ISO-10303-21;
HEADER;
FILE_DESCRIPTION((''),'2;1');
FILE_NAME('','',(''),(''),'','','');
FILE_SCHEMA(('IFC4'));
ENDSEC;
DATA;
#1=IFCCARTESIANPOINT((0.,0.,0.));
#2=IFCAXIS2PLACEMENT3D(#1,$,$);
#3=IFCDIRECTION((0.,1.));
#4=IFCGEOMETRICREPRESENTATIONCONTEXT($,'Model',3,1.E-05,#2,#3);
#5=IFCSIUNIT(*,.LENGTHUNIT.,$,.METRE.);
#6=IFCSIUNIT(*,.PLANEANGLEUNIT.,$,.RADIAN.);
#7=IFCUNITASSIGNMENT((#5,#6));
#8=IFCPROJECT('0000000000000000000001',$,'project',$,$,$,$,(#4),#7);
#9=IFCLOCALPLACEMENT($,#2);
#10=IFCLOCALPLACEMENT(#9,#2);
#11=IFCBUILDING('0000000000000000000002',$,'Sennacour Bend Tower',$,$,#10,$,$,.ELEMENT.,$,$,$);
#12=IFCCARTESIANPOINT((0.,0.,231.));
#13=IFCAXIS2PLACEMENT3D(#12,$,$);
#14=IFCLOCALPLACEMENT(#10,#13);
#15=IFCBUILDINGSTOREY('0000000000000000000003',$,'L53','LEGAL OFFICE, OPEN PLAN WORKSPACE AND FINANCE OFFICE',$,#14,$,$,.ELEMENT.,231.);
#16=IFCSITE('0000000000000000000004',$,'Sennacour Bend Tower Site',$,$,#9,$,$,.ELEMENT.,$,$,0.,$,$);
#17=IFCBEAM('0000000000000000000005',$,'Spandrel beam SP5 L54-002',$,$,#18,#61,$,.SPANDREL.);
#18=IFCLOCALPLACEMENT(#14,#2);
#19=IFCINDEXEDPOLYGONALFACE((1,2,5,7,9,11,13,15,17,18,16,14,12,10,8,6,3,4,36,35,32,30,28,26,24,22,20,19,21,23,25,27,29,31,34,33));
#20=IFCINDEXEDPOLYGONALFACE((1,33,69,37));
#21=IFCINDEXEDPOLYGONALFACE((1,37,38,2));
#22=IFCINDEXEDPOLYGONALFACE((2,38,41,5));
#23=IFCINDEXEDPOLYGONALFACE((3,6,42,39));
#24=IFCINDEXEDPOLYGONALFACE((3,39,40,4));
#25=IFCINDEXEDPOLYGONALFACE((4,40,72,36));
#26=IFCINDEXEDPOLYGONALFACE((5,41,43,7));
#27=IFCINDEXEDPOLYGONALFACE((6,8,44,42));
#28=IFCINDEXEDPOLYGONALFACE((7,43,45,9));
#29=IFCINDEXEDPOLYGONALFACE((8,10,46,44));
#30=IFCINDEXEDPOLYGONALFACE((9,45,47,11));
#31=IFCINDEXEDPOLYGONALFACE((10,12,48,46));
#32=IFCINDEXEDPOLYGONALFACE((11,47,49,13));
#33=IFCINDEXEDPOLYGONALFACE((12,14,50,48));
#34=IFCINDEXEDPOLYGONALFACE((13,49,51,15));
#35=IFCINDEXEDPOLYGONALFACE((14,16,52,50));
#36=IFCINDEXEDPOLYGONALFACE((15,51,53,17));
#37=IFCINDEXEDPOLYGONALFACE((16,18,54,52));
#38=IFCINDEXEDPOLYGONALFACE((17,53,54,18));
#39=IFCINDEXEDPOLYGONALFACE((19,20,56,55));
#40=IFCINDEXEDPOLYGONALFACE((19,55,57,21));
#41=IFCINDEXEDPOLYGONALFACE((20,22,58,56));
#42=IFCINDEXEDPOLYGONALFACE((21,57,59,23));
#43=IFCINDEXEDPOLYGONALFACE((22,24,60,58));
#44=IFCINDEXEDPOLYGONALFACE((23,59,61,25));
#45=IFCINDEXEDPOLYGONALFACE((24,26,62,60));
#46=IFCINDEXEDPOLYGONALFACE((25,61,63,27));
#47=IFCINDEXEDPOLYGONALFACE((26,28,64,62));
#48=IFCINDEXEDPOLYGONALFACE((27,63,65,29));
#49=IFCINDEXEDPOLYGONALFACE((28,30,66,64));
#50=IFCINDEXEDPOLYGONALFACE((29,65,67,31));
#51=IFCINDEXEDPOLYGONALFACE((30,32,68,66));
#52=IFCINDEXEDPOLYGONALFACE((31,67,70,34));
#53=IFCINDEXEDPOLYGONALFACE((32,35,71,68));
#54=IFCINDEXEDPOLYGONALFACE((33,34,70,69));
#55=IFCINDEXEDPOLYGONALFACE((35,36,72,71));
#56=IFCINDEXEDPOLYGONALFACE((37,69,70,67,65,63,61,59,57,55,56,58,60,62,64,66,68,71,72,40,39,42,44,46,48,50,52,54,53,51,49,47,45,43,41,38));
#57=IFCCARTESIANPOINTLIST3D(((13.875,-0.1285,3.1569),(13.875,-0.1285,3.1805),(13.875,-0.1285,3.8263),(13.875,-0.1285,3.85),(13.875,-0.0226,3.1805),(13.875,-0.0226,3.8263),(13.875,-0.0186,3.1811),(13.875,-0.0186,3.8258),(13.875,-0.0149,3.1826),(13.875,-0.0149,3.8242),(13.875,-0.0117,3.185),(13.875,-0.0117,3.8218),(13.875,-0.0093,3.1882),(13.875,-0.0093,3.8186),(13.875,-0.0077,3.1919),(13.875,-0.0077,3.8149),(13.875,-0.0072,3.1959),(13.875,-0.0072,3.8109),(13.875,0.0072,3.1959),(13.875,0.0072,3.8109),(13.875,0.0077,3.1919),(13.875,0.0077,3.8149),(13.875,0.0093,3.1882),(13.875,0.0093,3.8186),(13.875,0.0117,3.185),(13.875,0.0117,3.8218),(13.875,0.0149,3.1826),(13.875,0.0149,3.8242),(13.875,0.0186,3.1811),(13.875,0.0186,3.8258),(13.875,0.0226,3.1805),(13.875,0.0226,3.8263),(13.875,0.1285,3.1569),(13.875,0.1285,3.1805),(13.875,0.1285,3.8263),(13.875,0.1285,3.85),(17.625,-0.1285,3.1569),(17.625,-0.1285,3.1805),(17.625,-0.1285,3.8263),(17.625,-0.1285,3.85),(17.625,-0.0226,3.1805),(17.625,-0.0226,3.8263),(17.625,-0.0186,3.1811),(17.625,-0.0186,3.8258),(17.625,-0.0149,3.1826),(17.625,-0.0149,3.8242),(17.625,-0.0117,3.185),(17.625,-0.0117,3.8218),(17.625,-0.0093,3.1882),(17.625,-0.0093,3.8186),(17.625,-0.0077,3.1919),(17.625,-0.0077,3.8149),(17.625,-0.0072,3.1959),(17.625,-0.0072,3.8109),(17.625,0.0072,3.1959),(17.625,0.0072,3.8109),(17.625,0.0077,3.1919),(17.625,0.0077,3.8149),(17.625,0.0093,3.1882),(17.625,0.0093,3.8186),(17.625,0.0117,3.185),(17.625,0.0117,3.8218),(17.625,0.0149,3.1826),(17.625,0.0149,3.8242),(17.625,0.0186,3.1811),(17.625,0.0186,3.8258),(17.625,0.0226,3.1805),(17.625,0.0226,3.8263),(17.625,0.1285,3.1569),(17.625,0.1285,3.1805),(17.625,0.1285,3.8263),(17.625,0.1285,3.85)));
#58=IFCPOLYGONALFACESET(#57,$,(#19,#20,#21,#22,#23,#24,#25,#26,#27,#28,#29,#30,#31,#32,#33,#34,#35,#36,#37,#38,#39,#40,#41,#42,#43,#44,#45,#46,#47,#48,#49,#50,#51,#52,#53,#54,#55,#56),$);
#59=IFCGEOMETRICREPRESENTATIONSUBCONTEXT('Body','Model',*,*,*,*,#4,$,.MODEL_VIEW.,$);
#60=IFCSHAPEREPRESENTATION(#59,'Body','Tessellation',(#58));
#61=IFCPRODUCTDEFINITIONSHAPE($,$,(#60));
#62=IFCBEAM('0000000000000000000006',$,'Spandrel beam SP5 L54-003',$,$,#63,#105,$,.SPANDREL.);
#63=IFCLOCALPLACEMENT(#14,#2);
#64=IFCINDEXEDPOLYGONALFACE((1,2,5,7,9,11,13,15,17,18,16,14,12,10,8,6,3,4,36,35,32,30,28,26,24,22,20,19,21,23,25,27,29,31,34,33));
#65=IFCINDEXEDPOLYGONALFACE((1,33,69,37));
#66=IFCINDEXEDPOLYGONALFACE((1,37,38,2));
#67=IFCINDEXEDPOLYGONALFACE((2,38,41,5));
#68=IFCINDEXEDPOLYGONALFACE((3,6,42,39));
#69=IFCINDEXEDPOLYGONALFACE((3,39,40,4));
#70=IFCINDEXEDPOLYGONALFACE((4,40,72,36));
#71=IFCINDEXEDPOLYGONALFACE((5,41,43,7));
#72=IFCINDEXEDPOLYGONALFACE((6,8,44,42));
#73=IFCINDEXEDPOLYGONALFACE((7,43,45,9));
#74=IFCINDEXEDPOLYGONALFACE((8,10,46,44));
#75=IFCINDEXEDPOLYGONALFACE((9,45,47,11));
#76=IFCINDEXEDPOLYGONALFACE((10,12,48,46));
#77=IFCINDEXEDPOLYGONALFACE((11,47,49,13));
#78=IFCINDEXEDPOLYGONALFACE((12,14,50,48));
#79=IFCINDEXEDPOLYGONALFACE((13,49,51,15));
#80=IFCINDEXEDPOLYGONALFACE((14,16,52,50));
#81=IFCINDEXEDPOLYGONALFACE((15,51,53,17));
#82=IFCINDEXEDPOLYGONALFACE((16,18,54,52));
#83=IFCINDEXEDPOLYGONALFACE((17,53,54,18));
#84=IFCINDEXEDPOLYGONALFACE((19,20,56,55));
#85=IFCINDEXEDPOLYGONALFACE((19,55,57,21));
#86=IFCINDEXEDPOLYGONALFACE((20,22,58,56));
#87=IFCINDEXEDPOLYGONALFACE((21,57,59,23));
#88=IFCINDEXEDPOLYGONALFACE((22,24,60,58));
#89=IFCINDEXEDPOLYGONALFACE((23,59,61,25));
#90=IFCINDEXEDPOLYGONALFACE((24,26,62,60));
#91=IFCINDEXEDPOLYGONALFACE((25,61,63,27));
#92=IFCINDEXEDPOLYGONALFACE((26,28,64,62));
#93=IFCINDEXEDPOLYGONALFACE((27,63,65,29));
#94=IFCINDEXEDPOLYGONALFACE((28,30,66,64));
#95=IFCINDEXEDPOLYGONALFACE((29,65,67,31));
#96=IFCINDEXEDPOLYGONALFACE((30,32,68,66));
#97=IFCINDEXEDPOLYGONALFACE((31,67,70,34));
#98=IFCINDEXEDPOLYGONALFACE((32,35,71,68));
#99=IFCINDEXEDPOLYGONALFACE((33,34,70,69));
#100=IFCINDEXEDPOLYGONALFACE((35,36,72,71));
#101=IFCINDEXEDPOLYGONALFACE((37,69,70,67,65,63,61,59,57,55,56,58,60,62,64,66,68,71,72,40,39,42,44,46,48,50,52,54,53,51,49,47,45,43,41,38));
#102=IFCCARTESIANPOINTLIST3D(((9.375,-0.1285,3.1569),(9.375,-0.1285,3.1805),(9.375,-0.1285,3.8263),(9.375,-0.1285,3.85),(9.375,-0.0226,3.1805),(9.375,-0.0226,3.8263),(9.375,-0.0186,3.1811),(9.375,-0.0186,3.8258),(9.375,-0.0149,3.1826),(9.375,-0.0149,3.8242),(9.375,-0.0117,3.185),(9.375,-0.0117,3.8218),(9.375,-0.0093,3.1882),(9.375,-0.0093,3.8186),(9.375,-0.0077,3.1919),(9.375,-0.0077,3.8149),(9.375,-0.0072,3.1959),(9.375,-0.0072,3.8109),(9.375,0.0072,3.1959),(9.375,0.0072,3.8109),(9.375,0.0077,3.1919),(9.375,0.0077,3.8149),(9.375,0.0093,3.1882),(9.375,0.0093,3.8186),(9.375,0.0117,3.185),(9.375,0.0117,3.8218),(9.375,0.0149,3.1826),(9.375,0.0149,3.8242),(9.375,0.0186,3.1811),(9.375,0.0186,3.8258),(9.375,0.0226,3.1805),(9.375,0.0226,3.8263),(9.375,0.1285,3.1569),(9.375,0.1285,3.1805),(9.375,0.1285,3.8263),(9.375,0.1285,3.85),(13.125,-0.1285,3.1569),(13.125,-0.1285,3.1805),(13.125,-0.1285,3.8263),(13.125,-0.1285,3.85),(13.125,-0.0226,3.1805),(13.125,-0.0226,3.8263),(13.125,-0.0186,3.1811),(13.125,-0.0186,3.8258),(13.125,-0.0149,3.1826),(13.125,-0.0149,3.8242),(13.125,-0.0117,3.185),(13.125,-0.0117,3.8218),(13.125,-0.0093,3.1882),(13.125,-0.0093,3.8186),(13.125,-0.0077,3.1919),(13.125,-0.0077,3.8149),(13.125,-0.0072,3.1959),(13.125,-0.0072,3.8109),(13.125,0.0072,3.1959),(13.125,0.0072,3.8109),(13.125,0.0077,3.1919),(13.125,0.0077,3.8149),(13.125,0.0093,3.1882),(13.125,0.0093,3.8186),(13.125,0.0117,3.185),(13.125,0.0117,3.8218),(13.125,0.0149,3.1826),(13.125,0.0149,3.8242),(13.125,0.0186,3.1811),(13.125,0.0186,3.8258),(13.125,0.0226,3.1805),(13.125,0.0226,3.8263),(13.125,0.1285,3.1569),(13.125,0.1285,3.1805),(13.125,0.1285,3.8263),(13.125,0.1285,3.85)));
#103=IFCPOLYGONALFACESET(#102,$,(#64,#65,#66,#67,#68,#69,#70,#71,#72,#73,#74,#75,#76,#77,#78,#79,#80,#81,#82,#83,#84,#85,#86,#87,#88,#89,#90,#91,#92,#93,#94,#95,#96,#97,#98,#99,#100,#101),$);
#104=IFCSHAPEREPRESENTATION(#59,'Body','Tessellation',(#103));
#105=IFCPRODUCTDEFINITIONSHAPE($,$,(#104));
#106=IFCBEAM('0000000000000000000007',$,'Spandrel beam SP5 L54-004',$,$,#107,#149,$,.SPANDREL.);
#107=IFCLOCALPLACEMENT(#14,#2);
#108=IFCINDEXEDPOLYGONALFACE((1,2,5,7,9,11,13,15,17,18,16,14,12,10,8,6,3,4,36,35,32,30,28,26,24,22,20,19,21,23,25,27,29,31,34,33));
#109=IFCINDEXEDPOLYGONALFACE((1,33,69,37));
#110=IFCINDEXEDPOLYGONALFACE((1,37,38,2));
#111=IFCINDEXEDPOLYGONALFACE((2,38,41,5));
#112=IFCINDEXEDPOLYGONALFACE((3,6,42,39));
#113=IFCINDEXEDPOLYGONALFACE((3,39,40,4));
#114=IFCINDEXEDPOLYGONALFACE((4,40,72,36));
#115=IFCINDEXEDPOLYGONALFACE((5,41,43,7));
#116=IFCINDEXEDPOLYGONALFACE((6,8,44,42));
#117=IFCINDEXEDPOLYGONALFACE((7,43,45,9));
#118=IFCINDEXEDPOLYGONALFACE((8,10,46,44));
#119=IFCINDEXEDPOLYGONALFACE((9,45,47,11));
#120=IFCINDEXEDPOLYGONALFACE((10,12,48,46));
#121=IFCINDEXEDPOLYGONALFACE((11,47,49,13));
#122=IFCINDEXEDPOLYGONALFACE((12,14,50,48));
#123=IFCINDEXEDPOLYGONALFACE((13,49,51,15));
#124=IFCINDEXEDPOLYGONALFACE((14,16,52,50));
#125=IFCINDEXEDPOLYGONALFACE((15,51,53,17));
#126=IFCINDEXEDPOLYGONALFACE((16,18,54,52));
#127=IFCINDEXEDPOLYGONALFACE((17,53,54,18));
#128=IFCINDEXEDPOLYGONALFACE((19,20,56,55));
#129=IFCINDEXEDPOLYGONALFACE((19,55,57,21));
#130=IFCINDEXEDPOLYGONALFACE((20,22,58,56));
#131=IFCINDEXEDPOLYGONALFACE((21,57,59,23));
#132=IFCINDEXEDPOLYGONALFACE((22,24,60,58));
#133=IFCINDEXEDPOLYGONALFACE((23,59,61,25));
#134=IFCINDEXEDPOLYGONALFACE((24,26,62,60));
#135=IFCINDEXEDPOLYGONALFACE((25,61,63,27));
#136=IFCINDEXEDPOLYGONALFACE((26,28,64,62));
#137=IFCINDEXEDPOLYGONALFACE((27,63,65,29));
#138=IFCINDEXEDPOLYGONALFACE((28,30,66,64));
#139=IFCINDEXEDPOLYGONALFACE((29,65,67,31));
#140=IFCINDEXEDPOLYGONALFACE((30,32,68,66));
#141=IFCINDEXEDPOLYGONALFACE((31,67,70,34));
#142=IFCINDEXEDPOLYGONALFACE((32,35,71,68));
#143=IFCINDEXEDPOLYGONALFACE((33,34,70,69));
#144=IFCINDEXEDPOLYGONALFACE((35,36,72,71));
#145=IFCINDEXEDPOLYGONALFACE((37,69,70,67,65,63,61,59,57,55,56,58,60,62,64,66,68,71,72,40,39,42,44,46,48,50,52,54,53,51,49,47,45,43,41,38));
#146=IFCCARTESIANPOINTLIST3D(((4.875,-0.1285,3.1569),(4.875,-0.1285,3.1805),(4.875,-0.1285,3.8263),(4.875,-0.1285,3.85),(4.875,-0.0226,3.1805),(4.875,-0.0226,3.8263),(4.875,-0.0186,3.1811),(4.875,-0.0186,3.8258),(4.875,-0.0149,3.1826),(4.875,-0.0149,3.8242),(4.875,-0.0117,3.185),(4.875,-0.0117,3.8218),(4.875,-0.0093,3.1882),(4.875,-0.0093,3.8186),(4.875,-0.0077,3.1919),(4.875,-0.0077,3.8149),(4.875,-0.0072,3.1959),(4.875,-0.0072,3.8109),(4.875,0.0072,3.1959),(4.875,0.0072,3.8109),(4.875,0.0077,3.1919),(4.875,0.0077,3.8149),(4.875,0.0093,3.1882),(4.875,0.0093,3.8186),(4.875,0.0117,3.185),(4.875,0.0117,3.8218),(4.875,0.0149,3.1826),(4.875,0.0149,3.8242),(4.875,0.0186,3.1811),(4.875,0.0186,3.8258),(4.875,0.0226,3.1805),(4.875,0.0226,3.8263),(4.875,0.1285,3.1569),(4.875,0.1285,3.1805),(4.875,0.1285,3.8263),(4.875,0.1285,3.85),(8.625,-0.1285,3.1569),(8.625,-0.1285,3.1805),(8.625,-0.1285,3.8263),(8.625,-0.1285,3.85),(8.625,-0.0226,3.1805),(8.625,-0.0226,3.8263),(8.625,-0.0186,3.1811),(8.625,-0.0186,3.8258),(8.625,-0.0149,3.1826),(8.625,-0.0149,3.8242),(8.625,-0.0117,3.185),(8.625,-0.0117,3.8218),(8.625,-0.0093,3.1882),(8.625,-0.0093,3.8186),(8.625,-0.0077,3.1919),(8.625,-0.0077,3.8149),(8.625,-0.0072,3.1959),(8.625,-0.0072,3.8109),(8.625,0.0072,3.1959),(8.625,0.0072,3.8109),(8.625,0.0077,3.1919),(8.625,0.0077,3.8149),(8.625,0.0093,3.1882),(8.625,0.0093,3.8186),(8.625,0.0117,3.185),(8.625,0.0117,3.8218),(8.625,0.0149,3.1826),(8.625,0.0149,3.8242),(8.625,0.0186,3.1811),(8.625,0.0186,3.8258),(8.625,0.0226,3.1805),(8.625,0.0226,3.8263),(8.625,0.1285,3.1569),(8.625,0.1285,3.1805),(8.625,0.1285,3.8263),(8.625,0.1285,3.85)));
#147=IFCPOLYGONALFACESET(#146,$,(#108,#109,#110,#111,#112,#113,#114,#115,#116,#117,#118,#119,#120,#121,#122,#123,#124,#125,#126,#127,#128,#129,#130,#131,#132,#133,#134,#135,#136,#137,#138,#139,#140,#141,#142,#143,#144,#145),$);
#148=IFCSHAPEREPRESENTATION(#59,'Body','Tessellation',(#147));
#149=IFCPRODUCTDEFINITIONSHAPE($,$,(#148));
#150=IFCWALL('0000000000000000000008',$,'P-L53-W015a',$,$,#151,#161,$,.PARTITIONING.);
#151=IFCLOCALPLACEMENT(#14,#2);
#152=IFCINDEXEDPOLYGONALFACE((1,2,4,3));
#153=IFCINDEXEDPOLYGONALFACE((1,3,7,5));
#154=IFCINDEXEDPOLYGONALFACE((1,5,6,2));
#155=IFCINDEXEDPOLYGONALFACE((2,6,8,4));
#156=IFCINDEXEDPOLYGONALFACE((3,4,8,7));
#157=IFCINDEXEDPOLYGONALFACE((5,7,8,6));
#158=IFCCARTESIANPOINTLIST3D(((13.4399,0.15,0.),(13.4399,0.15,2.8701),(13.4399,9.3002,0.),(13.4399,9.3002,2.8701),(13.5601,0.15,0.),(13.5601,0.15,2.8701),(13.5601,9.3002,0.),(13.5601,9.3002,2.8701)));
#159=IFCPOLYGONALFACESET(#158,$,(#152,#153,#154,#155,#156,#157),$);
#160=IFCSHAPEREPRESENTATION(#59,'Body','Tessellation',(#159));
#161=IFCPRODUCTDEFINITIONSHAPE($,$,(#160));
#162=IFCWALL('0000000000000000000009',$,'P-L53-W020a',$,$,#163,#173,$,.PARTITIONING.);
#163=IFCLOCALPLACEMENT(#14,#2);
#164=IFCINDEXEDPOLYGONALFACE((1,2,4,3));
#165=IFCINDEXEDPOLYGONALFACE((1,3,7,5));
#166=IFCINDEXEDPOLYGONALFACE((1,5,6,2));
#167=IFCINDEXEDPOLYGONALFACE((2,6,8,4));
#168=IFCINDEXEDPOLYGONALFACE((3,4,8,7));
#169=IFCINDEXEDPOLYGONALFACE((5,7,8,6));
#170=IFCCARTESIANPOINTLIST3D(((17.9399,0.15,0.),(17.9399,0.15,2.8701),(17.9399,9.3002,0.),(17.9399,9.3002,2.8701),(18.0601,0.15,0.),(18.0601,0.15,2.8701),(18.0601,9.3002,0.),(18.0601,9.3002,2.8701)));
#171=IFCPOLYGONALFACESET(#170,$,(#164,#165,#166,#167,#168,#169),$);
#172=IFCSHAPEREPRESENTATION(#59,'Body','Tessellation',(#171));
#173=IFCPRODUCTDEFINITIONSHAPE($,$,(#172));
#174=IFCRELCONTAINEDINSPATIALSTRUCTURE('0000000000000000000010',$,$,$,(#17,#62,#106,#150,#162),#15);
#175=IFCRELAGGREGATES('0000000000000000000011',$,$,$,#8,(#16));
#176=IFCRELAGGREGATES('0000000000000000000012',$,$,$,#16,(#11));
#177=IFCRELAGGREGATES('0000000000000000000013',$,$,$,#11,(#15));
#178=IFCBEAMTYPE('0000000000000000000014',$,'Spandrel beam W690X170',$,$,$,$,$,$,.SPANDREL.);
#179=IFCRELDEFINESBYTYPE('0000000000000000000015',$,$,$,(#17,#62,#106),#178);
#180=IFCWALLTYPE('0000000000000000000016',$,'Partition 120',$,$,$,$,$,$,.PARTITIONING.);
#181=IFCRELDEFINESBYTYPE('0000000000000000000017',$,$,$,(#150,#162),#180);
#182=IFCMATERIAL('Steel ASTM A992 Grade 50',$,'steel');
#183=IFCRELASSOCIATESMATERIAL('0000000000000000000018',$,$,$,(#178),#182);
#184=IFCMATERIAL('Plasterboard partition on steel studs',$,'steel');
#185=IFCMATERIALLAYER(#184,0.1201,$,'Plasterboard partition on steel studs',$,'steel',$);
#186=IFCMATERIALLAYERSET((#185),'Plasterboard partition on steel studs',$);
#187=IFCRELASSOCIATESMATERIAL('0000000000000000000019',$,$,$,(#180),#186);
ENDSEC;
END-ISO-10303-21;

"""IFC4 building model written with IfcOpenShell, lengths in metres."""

from ifc_helpers import new_model, si_unit, direction, frame, frame_2d, origin, origin_2d, place, context, subcontext, project, spatial, rectangle, i_section, extrude, material, layer, layer_set, material_profile, profile_set, type_object, element, save


model = new_model("IFC4")

# Units and contexts
model_context = context("Model", 3, precision=1e-05, world=origin(), true_north=direction((0.0, 1.0)))
body_context = subcontext(model_context, "Body", "Model", "MODEL_VIEW")
ifc_project = project(units=[si_unit("LENGTHUNIT", "METRE"), si_unit("PLANEANGLEUNIT", "RADIAN")], contexts=[model_context])

# Site, building, storey
site_placement = place(None, origin())
site = spatial("IfcSite", under=ifc_project, at=site_placement, Name="Sennacour Bend Tower Site", CompositionType="ELEMENT", RefElevation=0.0)
building_placement = place(site_placement, origin())
building = spatial("IfcBuilding", under=site, at=building_placement, Name="Sennacour Bend Tower", CompositionType="ELEMENT")
storey_placement = place(building_placement, frame((0.0, 0.0, 231.0)))
storey = spatial("IfcBuildingStorey", under=building, at=storey_placement, Name="L53", Description="LEGAL OFFICE, OPEN PLAN WORKSPACE AND FINANCE OFFICE", CompositionType="ELEMENT", Elevation=231.0)

# Beams
ifc_material_1 = material(Name="Steel ASTM A992 Grade 50", Category="steel")
ifc_material_profile_1 = material_profile(ifc_material_1, i_section(OverallWidth=0.2571, OverallDepth=0.6931, WebThickness=0.0144, FlangeThickness=0.0237, FilletRadius=0.0154, at=origin_2d()), Name="Steel ASTM A992 Grade 50", Category="steel")
ifc_profile_set_1 = profile_set([ifc_material_profile_1], Name="Steel ASTM A992 Grade 50")
beam_type_1 = type_object("IfcBeamType", Name="Spandrel beam W690X170", PredefinedType="SPANDREL", material=ifc_profile_set_1)
for number, where, z_axis, x_axis, name in (
    (1, (17.625, 0.0, 3.5034), (-1.0, 0.0, 0.0), (0.0, -1.0, 0.0), "Spandrel beam SP5 L54-002"),
    (2, (13.125, 0.0, 3.5034), (-1.0, 0.0, 0.0), (0.0, -1.0, 0.0), "Spandrel beam SP5 L54-003"),
    (3, (8.625, 0.0, 3.5034), (-1.0, 0.0, 0.0), (0.0, -1.0, 0.0), "Spandrel beam SP5 L54-004"),
):
    element("IfcBeam", number, at=place(storey_placement, frame(where, z_axis=z_axis, x_axis=x_axis)), inside=storey, type_object=beam_type_1, Name=name, PredefinedType="SPANDREL", context=body_context, shape_type="SweptSolid", body=[
        extrude(i_section(OverallWidth=0.2571, OverallDepth=0.6931, WebThickness=0.0144, FlangeThickness=0.0237, FilletRadius=0.0154, at=origin_2d()), origin(), (0.0, 0.0, 1.0), 3.75),
    ])

# Walls
ifc_material_2 = material(Name="Plasterboard partition on steel studs", Category="steel")
ifc_layer_1 = layer(ifc_material_2, 0.1201, Name="Plasterboard partition on steel studs", Category="steel")
ifc_layer_set_1 = layer_set([ifc_layer_1], Name="Plasterboard partition on steel studs")
wall_type_1 = type_object("IfcWallType", Name="Partition 120", PredefinedType="PARTITIONING", material=ifc_layer_set_1)
for number, where, z_axis, x_axis, name in (
    (4, (13.5, 0.1499, 0.0), (0.0, 0.0, 1.0), (0.0, 1.0, 0.0), "P-L53-W015a"),
    (5, (18.0, 0.1499, 0.0), (0.0, 0.0, 1.0), (0.0, 1.0, 0.0), "P-L53-W020a"),
):
    element("IfcWall", number, at=place(storey_placement, frame(where, z_axis=z_axis, x_axis=x_axis)), inside=storey, type_object=wall_type_1, Name=name, PredefinedType="PARTITIONING", context=body_context, shape_type="SweptSolid", body=[
        extrude(rectangle(XDim=9.1501, YDim=0.1201, at=frame_2d((4.5752, 0.0))), origin(), (0.0, 0.0, 1.0), 2.8701),
    ])

save(model, "model.ifc")
